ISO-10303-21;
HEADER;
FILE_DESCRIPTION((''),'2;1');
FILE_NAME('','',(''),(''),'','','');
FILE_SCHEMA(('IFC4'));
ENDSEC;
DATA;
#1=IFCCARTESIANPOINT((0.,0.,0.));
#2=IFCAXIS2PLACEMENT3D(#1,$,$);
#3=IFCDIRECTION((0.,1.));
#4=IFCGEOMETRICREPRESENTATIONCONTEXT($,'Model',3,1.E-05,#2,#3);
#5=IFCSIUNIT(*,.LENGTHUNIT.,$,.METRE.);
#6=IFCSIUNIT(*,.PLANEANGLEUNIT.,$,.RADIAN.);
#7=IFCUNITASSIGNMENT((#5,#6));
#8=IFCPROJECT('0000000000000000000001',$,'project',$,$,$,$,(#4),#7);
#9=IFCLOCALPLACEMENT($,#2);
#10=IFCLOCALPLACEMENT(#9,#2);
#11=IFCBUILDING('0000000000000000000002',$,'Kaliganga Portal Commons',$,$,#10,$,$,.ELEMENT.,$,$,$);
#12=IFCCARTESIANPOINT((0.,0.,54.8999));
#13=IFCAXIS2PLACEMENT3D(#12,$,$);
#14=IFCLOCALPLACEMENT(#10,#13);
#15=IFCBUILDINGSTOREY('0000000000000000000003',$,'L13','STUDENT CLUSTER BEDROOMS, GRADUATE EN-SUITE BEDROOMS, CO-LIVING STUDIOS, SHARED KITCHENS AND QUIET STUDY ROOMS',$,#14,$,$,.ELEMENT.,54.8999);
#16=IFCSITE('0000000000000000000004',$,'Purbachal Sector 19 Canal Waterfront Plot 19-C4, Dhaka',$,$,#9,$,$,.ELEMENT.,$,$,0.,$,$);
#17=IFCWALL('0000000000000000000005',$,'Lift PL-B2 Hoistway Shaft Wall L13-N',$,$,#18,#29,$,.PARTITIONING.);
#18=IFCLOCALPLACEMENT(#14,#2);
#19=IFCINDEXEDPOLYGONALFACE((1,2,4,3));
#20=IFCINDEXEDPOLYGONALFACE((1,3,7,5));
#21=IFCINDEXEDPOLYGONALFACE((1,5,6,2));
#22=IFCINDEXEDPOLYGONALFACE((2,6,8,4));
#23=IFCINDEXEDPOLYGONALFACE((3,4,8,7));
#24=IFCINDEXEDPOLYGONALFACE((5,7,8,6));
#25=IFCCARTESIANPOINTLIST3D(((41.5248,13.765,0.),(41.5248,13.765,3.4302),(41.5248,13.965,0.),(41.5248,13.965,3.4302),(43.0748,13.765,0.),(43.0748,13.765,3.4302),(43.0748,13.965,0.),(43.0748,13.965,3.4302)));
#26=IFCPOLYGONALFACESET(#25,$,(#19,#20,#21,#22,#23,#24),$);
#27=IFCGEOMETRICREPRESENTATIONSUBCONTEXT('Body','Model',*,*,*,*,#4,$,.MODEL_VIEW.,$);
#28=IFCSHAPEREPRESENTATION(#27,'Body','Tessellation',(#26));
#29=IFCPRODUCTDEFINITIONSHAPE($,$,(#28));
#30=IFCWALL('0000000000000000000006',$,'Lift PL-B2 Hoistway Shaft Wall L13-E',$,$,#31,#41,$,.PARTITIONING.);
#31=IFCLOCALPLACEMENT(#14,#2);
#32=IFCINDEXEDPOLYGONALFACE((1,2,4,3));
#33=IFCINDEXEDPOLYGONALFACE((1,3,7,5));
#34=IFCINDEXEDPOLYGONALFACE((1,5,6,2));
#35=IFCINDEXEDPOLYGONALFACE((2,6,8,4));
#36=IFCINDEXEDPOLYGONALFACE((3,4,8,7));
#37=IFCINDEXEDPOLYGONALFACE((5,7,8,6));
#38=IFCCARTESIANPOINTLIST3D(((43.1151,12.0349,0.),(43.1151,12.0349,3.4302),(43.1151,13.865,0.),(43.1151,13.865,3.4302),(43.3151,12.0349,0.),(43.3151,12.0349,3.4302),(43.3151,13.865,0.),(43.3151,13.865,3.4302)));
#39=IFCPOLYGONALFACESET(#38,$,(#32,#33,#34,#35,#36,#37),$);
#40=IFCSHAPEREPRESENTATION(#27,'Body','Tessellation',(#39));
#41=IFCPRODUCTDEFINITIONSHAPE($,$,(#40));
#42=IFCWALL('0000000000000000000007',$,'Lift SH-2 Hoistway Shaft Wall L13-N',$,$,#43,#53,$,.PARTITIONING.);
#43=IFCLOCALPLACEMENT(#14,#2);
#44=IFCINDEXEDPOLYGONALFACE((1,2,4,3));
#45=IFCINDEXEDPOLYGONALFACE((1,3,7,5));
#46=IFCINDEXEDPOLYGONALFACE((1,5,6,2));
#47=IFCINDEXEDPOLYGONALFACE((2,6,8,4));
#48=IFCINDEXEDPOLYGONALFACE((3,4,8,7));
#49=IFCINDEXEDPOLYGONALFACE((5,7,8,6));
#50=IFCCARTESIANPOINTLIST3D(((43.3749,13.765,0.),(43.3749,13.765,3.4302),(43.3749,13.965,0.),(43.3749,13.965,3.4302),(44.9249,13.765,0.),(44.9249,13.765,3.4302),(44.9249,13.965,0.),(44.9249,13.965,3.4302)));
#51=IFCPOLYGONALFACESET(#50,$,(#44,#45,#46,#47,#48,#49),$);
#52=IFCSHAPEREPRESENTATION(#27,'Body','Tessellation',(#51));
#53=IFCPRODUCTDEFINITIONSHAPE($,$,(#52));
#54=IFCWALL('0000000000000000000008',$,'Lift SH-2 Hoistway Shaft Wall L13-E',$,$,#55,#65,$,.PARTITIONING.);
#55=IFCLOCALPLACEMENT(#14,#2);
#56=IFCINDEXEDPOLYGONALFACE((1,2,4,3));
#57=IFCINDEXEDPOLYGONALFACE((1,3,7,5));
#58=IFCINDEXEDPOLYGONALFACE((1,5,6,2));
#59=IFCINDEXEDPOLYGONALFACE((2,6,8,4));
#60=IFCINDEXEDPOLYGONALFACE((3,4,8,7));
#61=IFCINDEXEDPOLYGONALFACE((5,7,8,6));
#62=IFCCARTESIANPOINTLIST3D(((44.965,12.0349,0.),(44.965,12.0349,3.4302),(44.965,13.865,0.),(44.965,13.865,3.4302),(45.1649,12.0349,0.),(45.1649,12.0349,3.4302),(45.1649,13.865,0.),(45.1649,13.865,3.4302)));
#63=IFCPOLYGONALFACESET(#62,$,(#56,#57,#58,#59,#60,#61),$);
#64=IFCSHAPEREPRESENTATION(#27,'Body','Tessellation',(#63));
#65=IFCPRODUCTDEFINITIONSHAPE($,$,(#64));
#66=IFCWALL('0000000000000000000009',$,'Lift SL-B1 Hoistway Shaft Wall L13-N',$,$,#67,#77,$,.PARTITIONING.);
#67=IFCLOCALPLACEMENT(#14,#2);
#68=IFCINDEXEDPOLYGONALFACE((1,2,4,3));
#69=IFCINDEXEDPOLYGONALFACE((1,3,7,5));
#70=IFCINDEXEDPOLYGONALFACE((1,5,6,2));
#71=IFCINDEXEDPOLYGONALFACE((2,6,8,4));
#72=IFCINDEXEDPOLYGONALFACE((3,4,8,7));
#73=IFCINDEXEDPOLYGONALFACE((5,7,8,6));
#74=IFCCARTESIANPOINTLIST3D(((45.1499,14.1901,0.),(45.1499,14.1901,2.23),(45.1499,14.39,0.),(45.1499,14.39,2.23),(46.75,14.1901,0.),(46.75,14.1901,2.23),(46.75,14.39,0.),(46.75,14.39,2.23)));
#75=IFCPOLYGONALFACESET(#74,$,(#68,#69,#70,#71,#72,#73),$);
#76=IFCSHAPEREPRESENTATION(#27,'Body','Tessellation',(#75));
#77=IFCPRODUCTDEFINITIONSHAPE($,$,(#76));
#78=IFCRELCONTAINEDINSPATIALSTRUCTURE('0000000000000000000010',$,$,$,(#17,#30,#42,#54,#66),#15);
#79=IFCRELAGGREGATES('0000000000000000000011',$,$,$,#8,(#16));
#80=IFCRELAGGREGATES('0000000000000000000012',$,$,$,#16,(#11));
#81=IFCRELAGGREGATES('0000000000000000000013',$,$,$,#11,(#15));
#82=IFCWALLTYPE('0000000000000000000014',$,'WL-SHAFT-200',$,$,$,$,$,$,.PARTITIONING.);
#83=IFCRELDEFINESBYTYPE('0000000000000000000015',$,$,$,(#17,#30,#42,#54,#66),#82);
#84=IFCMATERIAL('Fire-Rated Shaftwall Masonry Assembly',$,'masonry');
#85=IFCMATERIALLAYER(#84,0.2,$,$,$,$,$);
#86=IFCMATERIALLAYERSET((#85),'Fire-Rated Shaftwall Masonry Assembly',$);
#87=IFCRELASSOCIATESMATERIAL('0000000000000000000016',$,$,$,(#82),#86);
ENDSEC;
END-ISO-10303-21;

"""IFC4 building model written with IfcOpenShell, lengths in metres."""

from ifc_helpers import new_model, si_unit, direction, frame, frame_2d, origin, place, context, subcontext, project, spatial, rectangle, extrude, material, layer, layer_set, type_object, element, save


model = new_model("IFC4")

# Units and contexts
model_context = context("Model", 3, precision=1e-05, world=origin(), true_north=direction((0.0, 1.0)))
body_context = subcontext(model_context, "Body", "Model", "MODEL_VIEW")
ifc_project = project(units=[si_unit("LENGTHUNIT", "METRE"), si_unit("PLANEANGLEUNIT", "RADIAN")], contexts=[model_context])

# Site, building, storey
site_placement = place(None, origin())
site = spatial("IfcSite", under=ifc_project, at=site_placement, Name="Purbachal Sector 19 Canal Waterfront Plot 19-C4, Dhaka", CompositionType="ELEMENT", RefElevation=0.0)
building_placement = place(site_placement, origin())
building = spatial("IfcBuilding", under=site, at=building_placement, Name="Kaliganga Portal Commons", CompositionType="ELEMENT")
storey_placement = place(building_placement, frame((0.0, 0.0, 54.8999)))
storey = spatial("IfcBuildingStorey", under=building, at=storey_placement, Name="L13", Description="STUDENT CLUSTER BEDROOMS, GRADUATE EN-SUITE BEDROOMS, CO-LIVING STUDIOS, SHARED KITCHENS AND QUIET STUDY ROOMS", CompositionType="ELEMENT", Elevation=54.8999)

# Walls
ifc_material_1 = material(Name="Fire-Rated Shaftwall Masonry Assembly", Category="masonry")
ifc_layer_1 = layer(ifc_material_1, 0.2)
ifc_layer_set_1 = layer_set([ifc_layer_1], Name="Fire-Rated Shaftwall Masonry Assembly")
wall_type_1 = type_object("IfcWallType", Name="WL-SHAFT-200", PredefinedType="PARTITIONING", material=ifc_layer_set_1)
for number, where, z_axis, x_axis, name in (
    (1, (41.5249, 13.865, 0.0), (0.0, 0.0, 1.0), (1.0, 0.0, 0.0), "Lift PL-B2 Hoistway Shaft Wall L13-N"),
):
    element("IfcWall", number, at=place(storey_placement, frame(where, z_axis=z_axis, x_axis=x_axis)), inside=storey, type_object=wall_type_1, Name=name, PredefinedType="PARTITIONING", context=body_context, shape_type="SweptSolid", body=[
        extrude(rectangle(XDim=1.55, YDim=0.2, at=frame_2d((0.7749, 0.0))), origin(), (0.0, 0.0, 1.0), 3.4302),
    ])
wall_1_placement = place(storey_placement, frame((43.2151, 12.0349, 0.0), z_axis=(0.0, 0.0, 1.0), x_axis=(0.0, 1.0, 0.0)))
element("IfcWall", 2, at=wall_1_placement, inside=storey, type_object=wall_type_1, Name="Lift PL-B2 Hoistway Shaft Wall L13-E", PredefinedType="PARTITIONING", context=body_context, shape_type="SweptSolid", body=[
    extrude(rectangle(XDim=1.8301, YDim=0.2, at=frame_2d((0.915, 0.0))), origin(), (0.0, 0.0, 1.0), 3.4302),
])

# Walls
wall_2_placement = place(storey_placement, frame((43.375, 13.865, 0.0), z_axis=(0.0, 0.0, 1.0), x_axis=(1.0, 0.0, 0.0)))
element("IfcWall", 3, at=wall_2_placement, inside=storey, type_object=wall_type_1, Name="Lift SH-2 Hoistway Shaft Wall L13-N", PredefinedType="PARTITIONING", context=body_context, shape_type="SweptSolid", body=[
    extrude(rectangle(XDim=1.55, YDim=0.2, at=frame_2d((0.7749, 0.0))), origin(), (0.0, 0.0, 1.0), 3.4302),
])
wall_3_placement = place(storey_placement, frame((45.0649, 12.0349, 0.0), z_axis=(0.0, 0.0, 1.0), x_axis=(0.0, 1.0, 0.0)))
element("IfcWall", 4, at=wall_3_placement, inside=storey, type_object=wall_type_1, Name="Lift SH-2 Hoistway Shaft Wall L13-E", PredefinedType="PARTITIONING", context=body_context, shape_type="SweptSolid", body=[
    extrude(rectangle(XDim=1.8301, YDim=0.2, at=frame_2d((0.915, 0.0))), origin(), (0.0, 0.0, 1.0), 3.4302),
])
wall_4_placement = place(storey_placement, frame((45.1499, 14.29, 0.0), z_axis=(0.0, 0.0, 1.0), x_axis=(1.0, 0.0, 0.0)))
element("IfcWall", 5, at=wall_4_placement, inside=storey, type_object=wall_type_1, Name="Lift SL-B1 Hoistway Shaft Wall L13-N", PredefinedType="PARTITIONING", context=body_context, shape_type="SweptSolid", body=[
    extrude(rectangle(XDim=1.6001, YDim=0.2, at=frame_2d((0.8, 0.0))), origin(), (0.0, 0.0, 1.0), 2.23),
])

save(model, "model.ifc")
